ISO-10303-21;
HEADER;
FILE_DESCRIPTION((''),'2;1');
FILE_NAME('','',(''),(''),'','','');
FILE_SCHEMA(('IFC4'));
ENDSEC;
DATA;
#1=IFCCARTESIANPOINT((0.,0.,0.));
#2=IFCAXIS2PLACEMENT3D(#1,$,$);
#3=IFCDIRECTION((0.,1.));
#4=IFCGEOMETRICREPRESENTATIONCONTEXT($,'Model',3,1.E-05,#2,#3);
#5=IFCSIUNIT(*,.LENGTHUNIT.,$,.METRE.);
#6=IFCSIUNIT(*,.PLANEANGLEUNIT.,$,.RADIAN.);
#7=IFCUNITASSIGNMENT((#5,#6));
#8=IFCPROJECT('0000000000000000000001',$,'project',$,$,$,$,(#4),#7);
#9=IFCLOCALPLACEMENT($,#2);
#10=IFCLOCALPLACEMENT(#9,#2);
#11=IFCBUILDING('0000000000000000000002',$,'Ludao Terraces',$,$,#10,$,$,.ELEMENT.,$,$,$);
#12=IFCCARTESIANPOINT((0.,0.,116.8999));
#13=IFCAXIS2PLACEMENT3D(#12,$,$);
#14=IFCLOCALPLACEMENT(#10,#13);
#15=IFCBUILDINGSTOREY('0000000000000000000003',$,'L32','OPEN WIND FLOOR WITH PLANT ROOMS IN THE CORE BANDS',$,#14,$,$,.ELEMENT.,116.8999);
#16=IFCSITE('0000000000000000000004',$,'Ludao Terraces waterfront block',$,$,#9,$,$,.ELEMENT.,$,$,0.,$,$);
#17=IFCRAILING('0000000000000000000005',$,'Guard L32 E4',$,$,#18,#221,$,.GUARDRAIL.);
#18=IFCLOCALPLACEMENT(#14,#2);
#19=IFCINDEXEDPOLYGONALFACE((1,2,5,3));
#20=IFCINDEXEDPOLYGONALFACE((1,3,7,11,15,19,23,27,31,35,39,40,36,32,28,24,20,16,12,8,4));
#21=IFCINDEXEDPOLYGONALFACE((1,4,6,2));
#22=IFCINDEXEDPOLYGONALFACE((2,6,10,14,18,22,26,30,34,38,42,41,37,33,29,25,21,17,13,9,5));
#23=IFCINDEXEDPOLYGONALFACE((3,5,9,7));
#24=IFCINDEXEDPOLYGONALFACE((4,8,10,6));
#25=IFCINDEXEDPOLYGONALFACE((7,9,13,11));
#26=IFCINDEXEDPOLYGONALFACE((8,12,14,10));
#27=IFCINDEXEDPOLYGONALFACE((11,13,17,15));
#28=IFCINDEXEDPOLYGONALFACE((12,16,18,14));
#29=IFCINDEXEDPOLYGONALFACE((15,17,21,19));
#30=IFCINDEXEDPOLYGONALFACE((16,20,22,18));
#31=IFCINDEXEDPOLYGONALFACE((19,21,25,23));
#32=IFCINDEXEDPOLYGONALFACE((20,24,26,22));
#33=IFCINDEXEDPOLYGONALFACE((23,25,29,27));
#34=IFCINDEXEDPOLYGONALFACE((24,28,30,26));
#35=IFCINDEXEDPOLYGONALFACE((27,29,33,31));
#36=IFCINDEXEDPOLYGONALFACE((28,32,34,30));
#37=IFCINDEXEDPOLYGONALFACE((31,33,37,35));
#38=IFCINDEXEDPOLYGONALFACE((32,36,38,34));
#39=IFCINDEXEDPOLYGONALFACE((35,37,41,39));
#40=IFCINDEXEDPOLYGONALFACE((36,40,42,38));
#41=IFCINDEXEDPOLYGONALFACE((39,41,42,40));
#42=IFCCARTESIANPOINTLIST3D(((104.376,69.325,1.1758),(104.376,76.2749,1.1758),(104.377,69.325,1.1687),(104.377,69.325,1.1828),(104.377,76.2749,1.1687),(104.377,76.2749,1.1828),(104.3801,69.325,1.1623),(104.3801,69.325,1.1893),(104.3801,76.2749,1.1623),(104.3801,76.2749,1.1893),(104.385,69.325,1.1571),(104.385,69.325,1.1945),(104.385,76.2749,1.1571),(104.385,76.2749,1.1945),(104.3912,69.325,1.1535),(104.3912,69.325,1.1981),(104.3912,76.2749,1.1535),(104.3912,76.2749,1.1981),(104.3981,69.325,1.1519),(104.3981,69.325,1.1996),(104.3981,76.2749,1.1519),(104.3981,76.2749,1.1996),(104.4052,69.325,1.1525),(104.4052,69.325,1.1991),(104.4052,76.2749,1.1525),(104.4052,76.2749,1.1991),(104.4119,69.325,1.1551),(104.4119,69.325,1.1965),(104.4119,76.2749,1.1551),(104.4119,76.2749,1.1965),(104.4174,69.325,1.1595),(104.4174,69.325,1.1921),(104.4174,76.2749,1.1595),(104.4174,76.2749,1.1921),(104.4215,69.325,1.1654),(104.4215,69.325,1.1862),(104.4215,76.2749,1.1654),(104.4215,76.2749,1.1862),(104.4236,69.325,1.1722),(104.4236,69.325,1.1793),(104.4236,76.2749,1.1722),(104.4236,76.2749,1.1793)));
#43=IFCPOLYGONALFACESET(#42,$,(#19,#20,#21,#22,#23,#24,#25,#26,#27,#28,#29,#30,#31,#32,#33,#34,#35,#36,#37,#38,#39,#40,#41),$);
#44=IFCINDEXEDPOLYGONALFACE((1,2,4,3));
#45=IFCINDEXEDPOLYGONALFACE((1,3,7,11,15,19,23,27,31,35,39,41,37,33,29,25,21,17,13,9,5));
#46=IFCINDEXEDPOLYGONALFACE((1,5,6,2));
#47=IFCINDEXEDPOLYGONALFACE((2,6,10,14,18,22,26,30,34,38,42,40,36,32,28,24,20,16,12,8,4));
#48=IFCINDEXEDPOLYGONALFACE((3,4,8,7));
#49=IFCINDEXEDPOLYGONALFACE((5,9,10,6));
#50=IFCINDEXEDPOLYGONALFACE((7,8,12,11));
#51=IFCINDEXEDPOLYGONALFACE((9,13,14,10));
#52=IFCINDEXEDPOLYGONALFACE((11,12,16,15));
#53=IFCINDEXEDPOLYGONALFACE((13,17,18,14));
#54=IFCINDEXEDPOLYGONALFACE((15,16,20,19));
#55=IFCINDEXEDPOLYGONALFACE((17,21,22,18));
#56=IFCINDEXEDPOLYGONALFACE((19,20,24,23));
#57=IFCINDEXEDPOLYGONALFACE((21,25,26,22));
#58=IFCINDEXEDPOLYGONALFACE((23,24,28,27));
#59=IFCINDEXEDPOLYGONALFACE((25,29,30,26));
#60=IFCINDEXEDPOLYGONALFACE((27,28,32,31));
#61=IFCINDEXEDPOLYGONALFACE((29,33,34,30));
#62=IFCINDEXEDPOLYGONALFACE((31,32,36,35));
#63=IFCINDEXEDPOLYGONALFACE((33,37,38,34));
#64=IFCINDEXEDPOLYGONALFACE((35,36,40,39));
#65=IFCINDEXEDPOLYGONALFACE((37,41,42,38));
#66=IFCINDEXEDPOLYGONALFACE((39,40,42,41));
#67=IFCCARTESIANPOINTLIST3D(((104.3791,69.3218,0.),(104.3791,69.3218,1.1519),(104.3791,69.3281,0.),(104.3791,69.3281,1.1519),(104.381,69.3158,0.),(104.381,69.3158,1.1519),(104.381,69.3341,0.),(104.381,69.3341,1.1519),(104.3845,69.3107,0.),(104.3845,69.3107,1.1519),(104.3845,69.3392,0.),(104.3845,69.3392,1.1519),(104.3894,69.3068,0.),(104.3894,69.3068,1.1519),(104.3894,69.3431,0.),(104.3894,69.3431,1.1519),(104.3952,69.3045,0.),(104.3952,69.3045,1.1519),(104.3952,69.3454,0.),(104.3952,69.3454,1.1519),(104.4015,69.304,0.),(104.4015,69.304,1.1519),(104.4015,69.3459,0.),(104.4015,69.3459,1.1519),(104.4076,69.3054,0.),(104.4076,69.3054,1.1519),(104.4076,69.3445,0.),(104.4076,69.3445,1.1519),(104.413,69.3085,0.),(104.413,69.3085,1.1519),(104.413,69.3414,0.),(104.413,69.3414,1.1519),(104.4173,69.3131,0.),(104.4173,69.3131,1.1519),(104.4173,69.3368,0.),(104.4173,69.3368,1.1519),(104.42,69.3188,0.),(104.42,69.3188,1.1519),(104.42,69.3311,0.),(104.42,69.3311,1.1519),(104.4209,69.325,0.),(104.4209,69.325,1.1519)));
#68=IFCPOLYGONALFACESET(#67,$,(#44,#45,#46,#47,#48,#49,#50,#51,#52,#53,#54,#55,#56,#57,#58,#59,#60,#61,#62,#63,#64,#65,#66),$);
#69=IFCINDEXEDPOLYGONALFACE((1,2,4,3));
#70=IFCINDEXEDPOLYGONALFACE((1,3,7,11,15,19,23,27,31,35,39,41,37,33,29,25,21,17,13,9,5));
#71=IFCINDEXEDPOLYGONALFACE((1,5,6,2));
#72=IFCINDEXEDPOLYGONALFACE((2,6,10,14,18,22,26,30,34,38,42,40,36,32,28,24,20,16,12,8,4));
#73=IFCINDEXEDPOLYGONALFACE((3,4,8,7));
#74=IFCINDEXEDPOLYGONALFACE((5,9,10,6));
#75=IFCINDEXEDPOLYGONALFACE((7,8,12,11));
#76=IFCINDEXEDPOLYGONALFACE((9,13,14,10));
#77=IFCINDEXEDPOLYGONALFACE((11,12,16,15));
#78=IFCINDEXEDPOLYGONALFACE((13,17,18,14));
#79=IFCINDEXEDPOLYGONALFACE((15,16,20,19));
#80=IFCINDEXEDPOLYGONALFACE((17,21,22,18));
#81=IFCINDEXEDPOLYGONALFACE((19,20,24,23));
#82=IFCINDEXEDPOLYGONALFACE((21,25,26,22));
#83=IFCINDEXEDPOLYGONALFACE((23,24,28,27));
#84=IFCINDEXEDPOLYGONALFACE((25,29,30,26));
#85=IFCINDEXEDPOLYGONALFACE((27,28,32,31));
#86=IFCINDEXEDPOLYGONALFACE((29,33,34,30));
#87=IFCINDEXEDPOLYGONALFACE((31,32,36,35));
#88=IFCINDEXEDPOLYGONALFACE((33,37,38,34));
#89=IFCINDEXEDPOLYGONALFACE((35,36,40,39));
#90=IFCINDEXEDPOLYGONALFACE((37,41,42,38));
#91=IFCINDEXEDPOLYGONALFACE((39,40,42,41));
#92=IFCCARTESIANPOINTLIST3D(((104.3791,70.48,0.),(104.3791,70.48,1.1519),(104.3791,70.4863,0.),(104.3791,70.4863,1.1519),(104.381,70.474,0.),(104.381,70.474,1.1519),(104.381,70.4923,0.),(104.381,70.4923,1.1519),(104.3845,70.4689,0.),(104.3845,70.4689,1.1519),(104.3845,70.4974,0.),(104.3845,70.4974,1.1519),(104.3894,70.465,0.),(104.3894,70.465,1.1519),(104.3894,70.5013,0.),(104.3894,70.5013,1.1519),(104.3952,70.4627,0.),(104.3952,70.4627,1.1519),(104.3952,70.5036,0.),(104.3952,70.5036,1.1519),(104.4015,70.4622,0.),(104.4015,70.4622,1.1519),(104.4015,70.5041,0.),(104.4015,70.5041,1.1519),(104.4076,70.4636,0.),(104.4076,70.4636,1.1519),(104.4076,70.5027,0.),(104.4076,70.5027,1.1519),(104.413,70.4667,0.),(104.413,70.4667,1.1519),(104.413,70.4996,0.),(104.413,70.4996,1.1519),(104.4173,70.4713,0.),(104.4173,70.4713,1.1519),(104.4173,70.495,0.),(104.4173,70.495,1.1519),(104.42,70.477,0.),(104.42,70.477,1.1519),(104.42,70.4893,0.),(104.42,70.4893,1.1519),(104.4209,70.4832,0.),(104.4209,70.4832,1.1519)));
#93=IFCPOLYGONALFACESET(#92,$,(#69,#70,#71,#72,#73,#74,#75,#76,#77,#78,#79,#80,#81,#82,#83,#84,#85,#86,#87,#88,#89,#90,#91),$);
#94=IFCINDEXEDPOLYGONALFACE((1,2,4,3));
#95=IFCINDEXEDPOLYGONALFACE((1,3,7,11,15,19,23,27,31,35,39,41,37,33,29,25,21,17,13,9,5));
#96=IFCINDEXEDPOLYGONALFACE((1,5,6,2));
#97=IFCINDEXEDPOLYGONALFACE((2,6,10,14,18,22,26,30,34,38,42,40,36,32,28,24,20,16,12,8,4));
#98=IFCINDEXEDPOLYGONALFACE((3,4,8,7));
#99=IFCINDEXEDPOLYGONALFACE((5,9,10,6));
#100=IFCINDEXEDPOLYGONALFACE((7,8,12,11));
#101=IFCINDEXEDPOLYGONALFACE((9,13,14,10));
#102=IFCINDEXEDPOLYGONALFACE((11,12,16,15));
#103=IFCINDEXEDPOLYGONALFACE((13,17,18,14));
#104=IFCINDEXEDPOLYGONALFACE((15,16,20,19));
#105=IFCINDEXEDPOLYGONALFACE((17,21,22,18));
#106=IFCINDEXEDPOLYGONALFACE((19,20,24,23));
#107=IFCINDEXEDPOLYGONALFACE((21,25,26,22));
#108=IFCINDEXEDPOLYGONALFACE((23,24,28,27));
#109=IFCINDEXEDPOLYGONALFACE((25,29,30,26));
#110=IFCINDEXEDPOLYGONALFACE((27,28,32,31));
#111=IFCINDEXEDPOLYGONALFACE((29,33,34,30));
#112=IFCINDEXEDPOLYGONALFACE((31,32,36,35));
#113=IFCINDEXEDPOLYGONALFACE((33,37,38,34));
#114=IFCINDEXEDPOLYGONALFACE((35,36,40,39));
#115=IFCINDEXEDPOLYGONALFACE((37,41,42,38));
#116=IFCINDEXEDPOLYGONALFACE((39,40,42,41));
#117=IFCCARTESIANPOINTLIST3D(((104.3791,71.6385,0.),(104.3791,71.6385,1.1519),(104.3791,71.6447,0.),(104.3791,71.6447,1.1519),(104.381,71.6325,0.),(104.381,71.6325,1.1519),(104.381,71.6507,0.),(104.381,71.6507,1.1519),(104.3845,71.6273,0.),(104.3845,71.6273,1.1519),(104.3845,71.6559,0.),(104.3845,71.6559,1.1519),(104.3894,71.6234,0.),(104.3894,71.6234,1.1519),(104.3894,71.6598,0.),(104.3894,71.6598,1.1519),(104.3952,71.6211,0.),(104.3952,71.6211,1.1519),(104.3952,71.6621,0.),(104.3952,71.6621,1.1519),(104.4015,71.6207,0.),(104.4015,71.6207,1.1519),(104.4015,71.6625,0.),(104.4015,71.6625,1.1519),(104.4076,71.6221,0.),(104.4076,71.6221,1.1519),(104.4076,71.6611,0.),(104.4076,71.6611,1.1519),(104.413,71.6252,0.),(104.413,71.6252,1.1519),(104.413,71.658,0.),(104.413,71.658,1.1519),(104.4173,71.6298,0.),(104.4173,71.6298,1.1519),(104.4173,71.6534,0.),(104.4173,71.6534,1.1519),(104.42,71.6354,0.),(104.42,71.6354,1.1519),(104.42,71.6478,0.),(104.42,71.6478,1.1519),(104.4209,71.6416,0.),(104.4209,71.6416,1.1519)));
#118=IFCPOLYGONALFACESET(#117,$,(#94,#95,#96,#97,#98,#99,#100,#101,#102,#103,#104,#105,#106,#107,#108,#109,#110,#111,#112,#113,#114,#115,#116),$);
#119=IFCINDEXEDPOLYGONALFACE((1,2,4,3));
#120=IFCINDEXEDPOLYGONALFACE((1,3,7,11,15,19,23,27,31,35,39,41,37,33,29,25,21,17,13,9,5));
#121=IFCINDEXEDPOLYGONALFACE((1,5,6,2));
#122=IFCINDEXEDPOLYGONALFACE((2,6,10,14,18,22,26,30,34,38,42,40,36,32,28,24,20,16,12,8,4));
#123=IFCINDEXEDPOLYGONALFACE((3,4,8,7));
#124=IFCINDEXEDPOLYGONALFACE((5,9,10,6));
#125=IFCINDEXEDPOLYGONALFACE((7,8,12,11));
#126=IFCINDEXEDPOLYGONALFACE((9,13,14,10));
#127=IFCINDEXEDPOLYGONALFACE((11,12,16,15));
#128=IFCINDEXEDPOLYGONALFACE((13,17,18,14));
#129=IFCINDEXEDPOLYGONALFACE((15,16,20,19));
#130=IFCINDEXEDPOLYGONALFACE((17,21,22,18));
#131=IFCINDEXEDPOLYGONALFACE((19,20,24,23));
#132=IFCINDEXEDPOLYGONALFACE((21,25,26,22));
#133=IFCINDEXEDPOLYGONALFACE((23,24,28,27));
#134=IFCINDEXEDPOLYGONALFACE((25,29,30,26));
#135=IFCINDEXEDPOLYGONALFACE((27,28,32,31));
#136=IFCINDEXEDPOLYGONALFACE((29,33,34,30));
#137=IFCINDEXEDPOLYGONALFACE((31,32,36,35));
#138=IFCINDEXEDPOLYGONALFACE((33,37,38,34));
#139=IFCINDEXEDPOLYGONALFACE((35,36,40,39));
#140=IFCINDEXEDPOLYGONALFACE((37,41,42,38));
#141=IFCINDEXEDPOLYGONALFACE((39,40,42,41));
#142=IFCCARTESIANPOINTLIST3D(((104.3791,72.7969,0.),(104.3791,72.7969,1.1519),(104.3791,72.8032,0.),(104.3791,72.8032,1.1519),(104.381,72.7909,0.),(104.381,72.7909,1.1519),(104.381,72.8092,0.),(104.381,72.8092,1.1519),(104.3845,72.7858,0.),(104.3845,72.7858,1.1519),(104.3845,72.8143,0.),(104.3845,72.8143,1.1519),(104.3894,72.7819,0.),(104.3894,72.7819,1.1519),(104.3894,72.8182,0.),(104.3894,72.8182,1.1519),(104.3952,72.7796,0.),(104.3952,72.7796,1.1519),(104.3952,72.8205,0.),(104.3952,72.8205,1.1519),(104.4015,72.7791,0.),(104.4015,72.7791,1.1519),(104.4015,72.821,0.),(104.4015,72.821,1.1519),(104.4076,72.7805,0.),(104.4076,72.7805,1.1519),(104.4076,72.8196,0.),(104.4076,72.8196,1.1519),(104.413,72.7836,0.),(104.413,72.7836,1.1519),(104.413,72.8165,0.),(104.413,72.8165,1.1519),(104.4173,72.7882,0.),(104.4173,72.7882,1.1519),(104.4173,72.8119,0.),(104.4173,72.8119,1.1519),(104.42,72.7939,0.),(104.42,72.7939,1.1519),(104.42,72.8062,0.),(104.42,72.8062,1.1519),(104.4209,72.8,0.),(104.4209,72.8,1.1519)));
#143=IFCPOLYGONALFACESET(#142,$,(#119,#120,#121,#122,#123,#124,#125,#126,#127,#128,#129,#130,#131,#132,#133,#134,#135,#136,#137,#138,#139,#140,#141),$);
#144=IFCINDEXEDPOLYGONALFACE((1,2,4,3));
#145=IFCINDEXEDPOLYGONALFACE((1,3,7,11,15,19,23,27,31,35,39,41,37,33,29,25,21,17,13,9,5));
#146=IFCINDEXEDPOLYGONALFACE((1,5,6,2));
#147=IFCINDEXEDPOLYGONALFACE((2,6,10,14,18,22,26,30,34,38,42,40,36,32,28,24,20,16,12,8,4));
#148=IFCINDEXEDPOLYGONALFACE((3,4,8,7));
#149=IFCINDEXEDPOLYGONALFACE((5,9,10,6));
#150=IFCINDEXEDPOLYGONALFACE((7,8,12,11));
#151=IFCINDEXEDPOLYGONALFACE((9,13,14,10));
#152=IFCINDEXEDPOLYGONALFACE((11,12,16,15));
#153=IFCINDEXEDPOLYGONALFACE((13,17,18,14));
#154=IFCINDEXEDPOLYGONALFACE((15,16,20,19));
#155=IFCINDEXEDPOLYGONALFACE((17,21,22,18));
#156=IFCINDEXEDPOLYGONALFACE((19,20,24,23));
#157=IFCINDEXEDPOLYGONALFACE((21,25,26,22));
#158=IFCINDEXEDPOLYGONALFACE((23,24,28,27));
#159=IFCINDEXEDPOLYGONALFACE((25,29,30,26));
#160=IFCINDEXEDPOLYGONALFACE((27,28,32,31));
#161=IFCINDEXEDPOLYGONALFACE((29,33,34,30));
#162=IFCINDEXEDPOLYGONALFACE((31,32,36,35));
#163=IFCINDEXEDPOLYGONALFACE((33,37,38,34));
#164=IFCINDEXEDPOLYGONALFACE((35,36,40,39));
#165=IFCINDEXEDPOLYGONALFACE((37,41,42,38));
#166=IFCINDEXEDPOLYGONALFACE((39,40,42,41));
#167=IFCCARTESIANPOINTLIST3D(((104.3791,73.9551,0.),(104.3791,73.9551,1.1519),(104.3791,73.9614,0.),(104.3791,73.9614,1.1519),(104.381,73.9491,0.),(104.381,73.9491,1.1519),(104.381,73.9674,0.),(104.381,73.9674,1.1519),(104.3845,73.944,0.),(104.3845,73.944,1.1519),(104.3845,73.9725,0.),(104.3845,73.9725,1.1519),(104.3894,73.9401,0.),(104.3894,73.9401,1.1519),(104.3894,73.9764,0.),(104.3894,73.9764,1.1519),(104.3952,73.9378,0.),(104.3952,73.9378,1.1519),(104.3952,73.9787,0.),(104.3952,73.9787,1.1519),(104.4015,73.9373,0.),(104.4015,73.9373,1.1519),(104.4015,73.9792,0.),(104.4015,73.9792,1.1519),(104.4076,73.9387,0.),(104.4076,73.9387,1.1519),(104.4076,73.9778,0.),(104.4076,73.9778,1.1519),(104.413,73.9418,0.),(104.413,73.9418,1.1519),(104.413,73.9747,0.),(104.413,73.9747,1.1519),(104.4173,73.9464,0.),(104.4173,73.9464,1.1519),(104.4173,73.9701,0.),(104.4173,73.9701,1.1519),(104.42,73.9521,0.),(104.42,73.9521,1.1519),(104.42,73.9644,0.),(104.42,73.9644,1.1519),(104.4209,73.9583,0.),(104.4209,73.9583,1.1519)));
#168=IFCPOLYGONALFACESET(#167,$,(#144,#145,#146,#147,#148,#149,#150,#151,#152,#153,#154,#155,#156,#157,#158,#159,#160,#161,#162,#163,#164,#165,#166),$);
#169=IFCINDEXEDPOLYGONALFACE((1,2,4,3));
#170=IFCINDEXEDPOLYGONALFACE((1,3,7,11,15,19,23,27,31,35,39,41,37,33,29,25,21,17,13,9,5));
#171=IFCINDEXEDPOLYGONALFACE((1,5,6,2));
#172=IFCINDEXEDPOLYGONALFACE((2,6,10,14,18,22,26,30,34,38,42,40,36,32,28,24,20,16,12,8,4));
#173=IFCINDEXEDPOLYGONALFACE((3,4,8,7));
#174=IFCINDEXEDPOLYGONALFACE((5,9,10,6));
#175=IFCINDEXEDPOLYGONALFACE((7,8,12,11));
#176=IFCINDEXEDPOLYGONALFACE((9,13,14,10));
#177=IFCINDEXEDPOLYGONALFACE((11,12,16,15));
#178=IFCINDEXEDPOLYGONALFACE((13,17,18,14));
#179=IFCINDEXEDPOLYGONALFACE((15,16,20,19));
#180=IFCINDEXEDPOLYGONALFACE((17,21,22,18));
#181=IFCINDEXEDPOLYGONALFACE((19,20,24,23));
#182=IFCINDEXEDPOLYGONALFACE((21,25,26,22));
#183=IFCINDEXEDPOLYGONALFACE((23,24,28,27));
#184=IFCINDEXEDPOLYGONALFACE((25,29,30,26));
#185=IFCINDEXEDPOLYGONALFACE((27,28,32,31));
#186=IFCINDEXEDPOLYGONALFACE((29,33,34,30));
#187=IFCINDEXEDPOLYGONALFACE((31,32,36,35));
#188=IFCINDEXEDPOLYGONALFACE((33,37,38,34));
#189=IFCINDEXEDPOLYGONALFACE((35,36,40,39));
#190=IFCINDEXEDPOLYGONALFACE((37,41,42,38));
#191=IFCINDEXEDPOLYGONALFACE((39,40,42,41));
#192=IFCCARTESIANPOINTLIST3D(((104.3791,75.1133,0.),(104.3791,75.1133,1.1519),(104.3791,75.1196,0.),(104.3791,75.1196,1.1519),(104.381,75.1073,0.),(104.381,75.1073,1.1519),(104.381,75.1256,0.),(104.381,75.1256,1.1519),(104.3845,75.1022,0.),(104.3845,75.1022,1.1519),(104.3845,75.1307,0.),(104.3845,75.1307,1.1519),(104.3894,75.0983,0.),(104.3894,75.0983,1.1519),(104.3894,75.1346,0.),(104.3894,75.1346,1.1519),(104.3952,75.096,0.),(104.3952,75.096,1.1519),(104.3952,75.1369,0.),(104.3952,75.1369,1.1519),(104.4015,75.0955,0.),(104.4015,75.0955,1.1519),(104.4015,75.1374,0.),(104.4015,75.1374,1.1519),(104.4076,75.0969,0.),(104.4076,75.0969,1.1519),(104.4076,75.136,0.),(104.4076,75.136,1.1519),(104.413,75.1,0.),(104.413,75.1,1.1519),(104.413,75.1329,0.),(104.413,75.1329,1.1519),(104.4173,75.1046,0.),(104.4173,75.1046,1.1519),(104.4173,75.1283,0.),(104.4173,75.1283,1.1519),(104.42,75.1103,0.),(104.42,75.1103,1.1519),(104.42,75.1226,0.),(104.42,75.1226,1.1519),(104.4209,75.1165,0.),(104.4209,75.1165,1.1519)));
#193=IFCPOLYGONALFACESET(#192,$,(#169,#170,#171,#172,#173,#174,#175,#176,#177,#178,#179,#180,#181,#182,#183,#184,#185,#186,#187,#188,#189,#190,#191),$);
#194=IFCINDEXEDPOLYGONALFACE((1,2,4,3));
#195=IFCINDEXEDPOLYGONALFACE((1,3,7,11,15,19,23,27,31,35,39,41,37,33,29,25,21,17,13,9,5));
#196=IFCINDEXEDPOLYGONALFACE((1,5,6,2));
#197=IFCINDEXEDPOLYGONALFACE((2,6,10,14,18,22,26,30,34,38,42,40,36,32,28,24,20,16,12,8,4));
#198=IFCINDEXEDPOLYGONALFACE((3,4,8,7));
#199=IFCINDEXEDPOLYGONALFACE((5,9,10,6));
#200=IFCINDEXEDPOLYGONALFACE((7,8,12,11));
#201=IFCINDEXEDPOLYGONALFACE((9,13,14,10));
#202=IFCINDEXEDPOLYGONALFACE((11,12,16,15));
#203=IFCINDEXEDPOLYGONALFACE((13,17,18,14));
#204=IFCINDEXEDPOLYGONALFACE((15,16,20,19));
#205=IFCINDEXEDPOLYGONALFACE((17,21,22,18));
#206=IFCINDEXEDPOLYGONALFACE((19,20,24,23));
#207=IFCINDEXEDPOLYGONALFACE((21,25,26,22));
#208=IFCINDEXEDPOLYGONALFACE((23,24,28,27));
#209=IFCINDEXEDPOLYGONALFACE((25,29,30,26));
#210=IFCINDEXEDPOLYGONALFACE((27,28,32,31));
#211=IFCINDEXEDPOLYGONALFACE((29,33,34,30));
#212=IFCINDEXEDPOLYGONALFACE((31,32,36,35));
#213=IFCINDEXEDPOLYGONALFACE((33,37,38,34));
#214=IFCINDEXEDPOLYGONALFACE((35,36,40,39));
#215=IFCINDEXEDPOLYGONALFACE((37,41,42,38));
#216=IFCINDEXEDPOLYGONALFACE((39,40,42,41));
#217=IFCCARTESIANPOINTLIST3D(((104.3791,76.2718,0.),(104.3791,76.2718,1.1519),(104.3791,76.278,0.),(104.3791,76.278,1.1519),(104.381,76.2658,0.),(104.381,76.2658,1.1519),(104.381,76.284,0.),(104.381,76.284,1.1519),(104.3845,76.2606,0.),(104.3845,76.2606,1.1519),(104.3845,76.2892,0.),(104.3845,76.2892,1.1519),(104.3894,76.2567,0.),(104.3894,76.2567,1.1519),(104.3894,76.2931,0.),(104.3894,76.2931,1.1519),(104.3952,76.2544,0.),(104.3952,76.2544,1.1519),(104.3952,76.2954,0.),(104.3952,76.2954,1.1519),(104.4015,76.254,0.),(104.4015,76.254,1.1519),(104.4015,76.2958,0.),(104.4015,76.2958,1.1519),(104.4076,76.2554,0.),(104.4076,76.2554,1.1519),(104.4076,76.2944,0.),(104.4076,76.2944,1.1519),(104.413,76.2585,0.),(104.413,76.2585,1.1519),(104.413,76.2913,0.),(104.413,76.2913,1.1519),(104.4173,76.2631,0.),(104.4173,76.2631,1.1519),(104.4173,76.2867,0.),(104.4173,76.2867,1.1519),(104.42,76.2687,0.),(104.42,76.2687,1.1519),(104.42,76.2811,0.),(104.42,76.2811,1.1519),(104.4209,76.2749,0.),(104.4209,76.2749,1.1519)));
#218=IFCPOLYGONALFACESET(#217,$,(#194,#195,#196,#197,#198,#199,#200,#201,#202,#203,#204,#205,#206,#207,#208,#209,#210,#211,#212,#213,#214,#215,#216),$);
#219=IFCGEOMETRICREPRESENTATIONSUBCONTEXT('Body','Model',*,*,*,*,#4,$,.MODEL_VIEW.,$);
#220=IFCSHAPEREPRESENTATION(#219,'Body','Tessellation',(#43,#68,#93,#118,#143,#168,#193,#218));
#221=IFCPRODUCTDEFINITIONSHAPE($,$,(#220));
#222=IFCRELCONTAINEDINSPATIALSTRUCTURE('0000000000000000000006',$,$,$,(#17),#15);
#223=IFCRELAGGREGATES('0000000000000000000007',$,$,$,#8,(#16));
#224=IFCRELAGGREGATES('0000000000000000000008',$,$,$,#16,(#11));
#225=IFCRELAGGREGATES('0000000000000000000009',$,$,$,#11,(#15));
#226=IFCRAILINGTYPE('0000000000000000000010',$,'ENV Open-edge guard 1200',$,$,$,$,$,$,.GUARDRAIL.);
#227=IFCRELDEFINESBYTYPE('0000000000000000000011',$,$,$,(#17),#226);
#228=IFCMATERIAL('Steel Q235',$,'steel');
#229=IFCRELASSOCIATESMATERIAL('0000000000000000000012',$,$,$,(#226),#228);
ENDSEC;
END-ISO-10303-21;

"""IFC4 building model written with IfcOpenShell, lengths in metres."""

from ifc_helpers import new_model, si_unit, direction, frame, origin, origin_2d, place, context, subcontext, project, spatial, circle, extrude, material, type_object, element, save


model = new_model("IFC4")

# Units and contexts
model_context = context("Model", 3, precision=1e-05, world=origin(), true_north=direction((0.0, 1.0)))
body_context = subcontext(model_context, "Body", "Model", "MODEL_VIEW")
ifc_project = project(units=[si_unit("LENGTHUNIT", "METRE"), si_unit("PLANEANGLEUNIT", "RADIAN")], contexts=[model_context])

# Site, building, storey
site_placement = place(None, origin())
site = spatial("IfcSite", under=ifc_project, at=site_placement, Name="Ludao Terraces waterfront block", CompositionType="ELEMENT", RefElevation=0.0)
building_placement = place(site_placement, origin())
building = spatial("IfcBuilding", under=site, at=building_placement, Name="Ludao Terraces", CompositionType="ELEMENT")
storey_placement = place(building_placement, frame((0.0, 0.0, 116.8999)))
storey = spatial("IfcBuildingStorey", under=building, at=storey_placement, Name="L32", Description="OPEN WIND FLOOR WITH PLANT ROOMS IN THE CORE BANDS", CompositionType="ELEMENT", Elevation=116.8999)

# Shared definitions
ifc_material_1 = material(Name="Steel Q235", Category="steel")

# Railing
railing_type_1 = type_object("IfcRailingType", Name="ENV Open-edge guard 1200", PredefinedType="GUARDRAIL", material=ifc_material_1)
railing_1_placement = place(storey_placement, frame((104.3999, 69.325, 0.0)))
element("IfcRailing", 1, at=railing_1_placement, inside=storey, type_object=railing_type_1, Name="Guard L32 E4", PredefinedType="GUARDRAIL", context=body_context, shape_type="SweptSolid", body=[
    extrude(circle(Radius=0.0239, at=origin_2d()), frame((0.0, 0.0, 1.1758), z_axis=(0.0, 1.0, 0.0), x_axis=(-1.0, 0.0, 0.0)), (0.0, 0.0, 1.0), 6.95),
    extrude(circle(Radius=0.021, at=origin_2d()), origin(), (0.0, 0.0, 1.0), 1.1519),
    extrude(circle(Radius=0.021, at=origin_2d()), frame((0.0, 1.1582, 0.0)), (0.0, 0.0, 1.0), 1.1519),
    extrude(circle(Radius=0.021, at=origin_2d()), frame((0.0, 2.3167, 0.0)), (0.0, 0.0, 1.0), 1.1519),
    extrude(circle(Radius=0.021, at=origin_2d()), frame((0.0, 3.4751, 0.0)), (0.0, 0.0, 1.0), 1.1519),
    extrude(circle(Radius=0.021, at=origin_2d()), frame((0.0, 4.6333, 0.0)), (0.0, 0.0, 1.0), 1.1519),
    extrude(circle(Radius=0.021, at=origin_2d()), frame((0.0, 5.7915, 0.0)), (0.0, 0.0, 1.0), 1.1519),
    extrude(circle(Radius=0.021, at=origin_2d()), frame((0.0, 6.95, 0.0)), (0.0, 0.0, 1.0), 1.1519),
])

save(model, "model.ifc")
